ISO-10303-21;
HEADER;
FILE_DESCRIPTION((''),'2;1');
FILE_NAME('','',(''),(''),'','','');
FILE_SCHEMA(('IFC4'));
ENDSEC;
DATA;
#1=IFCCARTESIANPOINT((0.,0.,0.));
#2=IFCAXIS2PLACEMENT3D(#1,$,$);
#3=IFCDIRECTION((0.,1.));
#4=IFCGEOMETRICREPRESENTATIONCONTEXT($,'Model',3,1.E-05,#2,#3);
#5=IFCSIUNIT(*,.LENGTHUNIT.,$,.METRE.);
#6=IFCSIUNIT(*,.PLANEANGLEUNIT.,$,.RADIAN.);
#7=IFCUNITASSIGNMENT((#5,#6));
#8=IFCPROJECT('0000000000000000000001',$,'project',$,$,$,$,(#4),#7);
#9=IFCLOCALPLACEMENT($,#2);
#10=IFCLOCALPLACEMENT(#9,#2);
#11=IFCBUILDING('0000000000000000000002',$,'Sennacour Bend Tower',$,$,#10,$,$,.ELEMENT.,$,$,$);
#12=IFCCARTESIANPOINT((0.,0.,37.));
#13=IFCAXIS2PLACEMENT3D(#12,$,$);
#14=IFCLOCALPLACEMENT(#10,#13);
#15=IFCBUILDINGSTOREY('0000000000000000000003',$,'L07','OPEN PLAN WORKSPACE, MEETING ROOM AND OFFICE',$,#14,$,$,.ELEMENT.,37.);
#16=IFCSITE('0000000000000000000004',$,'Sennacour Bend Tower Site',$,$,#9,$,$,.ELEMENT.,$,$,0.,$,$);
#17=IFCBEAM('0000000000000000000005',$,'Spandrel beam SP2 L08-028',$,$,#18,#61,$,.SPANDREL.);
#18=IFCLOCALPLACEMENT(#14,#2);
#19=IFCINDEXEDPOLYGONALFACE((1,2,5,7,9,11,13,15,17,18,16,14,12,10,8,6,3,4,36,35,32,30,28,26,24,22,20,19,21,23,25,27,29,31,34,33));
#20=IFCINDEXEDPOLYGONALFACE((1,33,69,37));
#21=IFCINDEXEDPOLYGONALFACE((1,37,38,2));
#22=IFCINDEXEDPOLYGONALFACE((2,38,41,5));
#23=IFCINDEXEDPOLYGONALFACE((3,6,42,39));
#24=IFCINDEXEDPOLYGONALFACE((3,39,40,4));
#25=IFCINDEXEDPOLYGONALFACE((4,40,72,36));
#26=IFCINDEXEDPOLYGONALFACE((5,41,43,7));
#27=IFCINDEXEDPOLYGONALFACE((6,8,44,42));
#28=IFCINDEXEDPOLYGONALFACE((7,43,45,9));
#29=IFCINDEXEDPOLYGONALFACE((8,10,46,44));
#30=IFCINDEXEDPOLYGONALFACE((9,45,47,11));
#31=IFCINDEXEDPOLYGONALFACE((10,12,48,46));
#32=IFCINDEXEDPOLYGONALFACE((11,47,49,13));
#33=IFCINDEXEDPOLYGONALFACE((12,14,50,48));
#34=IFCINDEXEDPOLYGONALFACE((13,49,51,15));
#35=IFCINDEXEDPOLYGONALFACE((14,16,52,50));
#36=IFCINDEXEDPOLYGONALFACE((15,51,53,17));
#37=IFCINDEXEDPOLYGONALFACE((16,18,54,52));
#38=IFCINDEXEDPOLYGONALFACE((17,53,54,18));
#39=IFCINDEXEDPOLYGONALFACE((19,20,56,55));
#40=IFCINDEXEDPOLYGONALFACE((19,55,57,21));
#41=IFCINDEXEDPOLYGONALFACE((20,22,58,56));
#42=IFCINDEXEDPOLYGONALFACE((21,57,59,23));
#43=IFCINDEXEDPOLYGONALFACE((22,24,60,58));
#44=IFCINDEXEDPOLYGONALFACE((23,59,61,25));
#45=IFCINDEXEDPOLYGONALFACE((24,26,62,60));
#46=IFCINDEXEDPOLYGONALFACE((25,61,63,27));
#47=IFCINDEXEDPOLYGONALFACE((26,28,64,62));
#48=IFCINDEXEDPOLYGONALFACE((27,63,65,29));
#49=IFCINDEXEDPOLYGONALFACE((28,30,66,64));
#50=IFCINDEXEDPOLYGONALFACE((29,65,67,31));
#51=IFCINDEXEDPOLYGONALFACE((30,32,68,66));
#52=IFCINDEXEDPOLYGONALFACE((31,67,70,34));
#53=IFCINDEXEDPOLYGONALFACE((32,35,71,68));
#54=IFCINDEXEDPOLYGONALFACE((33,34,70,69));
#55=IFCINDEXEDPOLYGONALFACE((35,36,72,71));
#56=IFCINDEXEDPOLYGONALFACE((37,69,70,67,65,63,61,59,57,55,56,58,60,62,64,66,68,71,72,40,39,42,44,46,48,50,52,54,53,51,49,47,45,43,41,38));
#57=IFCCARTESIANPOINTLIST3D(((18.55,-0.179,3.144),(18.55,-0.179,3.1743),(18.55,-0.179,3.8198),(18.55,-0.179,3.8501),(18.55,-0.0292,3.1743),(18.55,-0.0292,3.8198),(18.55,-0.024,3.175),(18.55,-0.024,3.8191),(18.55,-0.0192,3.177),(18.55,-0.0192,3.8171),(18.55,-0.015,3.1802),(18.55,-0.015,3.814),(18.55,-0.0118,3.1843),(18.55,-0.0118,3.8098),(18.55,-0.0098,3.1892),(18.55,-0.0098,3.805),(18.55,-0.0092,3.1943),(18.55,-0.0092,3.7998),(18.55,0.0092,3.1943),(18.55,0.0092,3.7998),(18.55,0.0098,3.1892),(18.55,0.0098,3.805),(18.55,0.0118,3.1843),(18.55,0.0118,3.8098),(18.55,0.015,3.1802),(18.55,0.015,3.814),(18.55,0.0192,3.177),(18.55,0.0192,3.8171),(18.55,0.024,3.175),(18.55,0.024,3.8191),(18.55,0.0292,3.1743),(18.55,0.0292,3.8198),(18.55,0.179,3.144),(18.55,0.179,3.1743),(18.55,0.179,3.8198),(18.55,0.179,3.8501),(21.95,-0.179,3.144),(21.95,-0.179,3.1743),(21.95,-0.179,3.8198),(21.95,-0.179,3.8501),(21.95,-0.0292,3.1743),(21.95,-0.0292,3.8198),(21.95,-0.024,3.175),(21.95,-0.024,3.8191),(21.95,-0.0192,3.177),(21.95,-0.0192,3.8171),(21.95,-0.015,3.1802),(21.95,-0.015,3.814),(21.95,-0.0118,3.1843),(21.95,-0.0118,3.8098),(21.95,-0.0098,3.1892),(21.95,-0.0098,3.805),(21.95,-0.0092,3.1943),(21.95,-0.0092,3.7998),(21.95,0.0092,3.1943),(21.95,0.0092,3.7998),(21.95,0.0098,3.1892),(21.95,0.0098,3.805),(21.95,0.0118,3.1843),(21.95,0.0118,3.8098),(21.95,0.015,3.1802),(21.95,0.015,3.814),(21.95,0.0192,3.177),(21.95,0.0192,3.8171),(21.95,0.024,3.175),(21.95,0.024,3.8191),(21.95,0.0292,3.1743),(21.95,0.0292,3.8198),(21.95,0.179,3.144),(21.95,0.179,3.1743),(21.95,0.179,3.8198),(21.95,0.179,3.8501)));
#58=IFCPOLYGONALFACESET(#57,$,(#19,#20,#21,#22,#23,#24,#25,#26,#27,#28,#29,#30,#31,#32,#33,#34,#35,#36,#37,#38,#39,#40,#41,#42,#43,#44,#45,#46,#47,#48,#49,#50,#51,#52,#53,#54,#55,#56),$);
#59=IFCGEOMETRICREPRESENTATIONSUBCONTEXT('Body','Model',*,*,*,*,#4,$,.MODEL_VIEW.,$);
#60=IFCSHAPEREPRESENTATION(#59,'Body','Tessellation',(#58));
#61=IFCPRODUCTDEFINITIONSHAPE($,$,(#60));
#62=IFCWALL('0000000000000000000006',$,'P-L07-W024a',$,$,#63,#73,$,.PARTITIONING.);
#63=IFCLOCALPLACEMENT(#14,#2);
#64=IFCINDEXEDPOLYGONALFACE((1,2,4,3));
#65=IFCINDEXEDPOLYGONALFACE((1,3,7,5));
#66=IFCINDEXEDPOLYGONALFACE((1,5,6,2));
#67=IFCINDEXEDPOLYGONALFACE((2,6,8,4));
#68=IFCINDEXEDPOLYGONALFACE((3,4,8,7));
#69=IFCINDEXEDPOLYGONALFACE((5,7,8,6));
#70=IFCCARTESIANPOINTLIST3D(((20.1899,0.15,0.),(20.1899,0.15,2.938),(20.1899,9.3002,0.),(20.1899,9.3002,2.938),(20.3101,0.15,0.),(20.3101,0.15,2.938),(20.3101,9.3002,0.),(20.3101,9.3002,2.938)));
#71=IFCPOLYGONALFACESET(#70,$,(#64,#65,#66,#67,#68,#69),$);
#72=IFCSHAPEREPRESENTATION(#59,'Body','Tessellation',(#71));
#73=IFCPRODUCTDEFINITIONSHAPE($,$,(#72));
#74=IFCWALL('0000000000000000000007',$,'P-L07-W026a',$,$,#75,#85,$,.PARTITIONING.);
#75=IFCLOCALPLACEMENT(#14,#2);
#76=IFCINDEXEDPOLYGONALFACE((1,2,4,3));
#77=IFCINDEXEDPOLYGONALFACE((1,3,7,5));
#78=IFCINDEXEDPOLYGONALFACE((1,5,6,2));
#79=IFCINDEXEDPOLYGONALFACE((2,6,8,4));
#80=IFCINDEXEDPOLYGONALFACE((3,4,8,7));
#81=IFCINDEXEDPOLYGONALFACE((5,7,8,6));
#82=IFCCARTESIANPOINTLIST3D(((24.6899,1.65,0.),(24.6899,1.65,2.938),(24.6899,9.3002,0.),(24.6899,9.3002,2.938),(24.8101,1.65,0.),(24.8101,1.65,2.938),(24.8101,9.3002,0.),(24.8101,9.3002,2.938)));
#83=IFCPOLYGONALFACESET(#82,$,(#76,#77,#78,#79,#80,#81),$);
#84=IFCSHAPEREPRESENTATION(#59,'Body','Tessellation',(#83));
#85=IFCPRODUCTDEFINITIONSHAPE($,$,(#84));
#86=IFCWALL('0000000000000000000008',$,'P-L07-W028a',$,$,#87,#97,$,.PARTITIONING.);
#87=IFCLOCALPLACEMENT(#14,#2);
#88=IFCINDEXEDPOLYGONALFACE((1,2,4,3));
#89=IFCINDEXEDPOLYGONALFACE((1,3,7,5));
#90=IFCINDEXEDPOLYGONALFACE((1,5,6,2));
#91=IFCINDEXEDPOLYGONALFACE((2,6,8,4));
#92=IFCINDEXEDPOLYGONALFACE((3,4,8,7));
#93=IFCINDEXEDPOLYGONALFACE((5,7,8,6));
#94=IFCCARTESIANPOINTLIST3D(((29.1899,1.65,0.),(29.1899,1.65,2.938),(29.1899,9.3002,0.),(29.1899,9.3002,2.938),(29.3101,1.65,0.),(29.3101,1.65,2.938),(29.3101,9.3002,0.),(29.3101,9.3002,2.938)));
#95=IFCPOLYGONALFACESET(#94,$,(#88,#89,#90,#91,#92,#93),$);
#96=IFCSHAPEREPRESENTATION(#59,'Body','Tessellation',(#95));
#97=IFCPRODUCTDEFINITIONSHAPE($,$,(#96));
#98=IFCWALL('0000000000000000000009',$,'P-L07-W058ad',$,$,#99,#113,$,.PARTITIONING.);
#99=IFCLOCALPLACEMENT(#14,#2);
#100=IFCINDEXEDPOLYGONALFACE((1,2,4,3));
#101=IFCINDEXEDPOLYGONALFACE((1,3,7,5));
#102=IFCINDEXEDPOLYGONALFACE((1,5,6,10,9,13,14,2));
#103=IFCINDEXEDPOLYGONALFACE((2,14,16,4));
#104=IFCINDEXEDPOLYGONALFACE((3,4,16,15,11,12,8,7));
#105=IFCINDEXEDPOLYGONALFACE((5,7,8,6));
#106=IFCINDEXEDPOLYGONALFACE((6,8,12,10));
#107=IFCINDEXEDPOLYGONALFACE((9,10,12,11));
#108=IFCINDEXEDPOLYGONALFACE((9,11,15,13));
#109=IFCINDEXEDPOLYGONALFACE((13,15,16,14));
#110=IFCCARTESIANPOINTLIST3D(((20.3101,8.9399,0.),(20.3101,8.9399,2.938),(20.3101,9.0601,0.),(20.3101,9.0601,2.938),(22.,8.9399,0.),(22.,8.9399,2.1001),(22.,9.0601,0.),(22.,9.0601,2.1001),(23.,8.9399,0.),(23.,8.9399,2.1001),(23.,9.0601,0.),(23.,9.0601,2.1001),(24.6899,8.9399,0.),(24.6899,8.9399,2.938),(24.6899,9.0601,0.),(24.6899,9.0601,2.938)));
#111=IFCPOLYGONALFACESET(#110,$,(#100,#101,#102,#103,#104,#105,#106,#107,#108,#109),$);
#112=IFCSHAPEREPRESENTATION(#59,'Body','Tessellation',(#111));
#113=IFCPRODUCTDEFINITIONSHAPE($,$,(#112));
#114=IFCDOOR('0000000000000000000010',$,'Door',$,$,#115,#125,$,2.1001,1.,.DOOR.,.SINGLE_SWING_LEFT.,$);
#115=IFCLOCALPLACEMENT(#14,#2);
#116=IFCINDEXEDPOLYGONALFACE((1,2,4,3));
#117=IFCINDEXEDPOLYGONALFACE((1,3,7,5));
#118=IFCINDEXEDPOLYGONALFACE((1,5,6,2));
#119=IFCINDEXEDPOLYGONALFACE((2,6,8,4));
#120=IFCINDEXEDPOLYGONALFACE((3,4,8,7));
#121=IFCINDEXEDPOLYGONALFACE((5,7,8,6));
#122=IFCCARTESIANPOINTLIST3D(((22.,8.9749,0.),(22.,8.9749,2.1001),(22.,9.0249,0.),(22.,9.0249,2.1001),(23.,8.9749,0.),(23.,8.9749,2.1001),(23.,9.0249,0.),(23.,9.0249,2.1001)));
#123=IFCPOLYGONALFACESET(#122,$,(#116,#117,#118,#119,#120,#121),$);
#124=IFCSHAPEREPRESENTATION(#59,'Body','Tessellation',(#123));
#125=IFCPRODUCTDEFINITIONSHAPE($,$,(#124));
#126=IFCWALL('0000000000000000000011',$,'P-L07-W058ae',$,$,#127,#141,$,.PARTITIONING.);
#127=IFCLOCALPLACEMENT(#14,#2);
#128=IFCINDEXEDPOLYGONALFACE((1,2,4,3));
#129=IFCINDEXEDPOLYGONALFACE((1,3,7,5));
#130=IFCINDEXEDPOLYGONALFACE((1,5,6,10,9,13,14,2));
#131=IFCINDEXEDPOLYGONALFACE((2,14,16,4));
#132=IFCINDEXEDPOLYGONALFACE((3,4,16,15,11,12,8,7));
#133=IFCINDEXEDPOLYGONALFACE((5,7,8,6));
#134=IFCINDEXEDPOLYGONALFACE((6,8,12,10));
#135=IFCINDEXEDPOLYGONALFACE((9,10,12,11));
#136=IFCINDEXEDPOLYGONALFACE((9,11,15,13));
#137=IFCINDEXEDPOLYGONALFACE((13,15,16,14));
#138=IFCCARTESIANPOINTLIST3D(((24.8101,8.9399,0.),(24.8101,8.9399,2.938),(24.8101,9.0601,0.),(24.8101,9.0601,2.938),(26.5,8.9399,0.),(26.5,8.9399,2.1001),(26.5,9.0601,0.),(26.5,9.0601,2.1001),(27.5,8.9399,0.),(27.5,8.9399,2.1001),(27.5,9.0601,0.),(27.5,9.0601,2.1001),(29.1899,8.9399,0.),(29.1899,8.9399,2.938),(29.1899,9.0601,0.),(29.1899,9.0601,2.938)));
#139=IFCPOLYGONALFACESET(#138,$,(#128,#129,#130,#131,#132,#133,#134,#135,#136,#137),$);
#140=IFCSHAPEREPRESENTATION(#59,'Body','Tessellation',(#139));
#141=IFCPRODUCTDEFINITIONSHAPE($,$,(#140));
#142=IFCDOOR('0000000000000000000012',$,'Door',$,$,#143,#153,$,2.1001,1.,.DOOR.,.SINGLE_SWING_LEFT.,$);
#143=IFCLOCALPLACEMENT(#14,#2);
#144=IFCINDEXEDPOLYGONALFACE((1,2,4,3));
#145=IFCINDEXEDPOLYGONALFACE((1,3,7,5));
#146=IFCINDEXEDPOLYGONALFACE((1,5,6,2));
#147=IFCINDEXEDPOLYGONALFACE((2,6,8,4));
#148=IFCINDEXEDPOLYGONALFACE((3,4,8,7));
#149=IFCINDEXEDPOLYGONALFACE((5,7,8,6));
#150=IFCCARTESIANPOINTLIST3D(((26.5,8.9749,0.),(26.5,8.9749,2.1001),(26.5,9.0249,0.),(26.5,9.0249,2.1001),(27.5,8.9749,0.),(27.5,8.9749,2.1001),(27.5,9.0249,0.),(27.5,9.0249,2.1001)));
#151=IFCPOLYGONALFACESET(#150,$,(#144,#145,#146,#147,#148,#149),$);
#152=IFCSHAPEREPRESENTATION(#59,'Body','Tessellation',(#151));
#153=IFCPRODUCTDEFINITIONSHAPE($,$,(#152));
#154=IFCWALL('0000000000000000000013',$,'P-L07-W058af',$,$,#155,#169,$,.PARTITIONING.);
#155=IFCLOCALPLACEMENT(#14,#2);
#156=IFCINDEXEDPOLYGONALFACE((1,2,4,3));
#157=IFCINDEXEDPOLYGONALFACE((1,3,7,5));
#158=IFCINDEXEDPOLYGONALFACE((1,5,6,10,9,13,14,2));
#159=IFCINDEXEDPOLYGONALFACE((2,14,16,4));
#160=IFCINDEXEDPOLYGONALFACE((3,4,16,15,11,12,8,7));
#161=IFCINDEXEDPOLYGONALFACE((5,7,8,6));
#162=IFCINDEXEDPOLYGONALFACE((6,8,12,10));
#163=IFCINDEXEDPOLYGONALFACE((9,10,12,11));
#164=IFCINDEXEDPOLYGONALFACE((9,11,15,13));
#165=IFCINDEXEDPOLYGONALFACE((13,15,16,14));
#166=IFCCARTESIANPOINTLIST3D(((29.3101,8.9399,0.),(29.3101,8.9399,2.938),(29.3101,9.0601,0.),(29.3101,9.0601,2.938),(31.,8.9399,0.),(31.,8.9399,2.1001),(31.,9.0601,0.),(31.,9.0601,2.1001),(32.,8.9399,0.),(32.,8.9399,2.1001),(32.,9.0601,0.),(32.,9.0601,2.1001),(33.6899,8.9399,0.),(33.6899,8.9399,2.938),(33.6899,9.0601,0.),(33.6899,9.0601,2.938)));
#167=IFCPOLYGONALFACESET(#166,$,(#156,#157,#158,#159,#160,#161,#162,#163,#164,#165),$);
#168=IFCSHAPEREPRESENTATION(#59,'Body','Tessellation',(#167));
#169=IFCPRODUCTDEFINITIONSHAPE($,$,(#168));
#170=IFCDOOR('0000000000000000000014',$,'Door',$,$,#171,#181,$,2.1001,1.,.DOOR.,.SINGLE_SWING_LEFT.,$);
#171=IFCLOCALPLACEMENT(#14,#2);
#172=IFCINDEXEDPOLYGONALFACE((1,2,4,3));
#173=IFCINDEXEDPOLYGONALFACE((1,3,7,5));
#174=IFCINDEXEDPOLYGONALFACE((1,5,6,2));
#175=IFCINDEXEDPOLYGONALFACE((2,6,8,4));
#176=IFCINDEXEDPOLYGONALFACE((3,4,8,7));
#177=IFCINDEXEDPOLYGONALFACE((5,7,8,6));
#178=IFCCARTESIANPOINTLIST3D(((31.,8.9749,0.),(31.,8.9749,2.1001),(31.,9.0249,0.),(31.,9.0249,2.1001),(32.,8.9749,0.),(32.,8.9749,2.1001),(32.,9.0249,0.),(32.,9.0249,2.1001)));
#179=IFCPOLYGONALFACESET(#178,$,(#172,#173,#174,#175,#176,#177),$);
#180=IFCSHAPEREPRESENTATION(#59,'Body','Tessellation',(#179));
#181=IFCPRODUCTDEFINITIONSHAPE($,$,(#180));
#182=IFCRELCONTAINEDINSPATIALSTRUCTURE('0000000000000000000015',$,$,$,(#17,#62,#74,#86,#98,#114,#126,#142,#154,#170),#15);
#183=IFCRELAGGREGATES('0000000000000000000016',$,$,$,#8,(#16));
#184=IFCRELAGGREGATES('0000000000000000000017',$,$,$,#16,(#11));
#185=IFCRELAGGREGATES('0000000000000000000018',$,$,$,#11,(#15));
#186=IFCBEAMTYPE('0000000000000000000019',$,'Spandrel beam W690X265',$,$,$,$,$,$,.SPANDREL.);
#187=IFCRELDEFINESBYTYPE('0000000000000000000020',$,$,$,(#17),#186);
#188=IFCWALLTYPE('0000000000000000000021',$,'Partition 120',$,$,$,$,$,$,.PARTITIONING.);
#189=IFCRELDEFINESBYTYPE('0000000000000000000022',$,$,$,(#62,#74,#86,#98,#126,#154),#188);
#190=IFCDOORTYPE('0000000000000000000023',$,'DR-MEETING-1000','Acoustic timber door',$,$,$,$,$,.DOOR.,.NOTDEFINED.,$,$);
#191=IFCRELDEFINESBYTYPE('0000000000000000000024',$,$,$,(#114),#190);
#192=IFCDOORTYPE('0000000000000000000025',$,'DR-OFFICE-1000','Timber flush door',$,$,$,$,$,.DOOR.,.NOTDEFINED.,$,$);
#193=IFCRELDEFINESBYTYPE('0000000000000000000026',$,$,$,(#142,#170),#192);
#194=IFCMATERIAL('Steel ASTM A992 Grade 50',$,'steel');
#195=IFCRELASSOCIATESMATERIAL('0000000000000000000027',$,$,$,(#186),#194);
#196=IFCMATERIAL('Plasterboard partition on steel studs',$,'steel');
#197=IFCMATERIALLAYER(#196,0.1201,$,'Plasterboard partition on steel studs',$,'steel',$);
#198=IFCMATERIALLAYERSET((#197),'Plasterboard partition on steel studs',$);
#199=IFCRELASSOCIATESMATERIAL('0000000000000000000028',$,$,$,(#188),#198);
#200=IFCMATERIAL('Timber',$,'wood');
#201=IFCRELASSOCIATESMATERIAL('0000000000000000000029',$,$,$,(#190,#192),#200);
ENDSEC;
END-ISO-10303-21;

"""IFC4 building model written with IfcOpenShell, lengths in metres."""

from ifc_helpers import new_model, si_unit, direction, frame, frame_2d, origin, origin_2d, place, context, subcontext, project, spatial, rectangle, i_section, extrude, material, layer, layer_set, material_profile, profile_set, type_object, element, fill, save


model = new_model("IFC4")

# Units and contexts
model_context = context("Model", 3, precision=1e-05, world=origin(), true_north=direction((0.0, 1.0)))
body_context = subcontext(model_context, "Body", "Model", "MODEL_VIEW")
ifc_project = project(units=[si_unit("LENGTHUNIT", "METRE"), si_unit("PLANEANGLEUNIT", "RADIAN")], contexts=[model_context])

# Site, building, storey
site_placement = place(None, origin())
site = spatial("IfcSite", under=ifc_project, at=site_placement, Name="Sennacour Bend Tower Site", CompositionType="ELEMENT", RefElevation=0.0)
building_placement = place(site_placement, origin())
building = spatial("IfcBuilding", under=site, at=building_placement, Name="Sennacour Bend Tower", CompositionType="ELEMENT")
storey_placement = place(building_placement, frame((0.0, 0.0, 37.0)))
storey = spatial("IfcBuildingStorey", under=building, at=storey_placement, Name="L07", Description="OPEN PLAN WORKSPACE, MEETING ROOM AND OFFICE", CompositionType="ELEMENT", Elevation=37.0)

# Beam
ifc_material_1 = material(Name="Steel ASTM A992 Grade 50", Category="steel")
ifc_material_profile_1 = material_profile(ifc_material_1, i_section(OverallWidth=0.3579, OverallDepth=0.7061, WebThickness=0.0183, FlangeThickness=0.0303, FilletRadius=0.02, at=origin_2d()), Name="Steel ASTM A992 Grade 50", Category="steel")
ifc_profile_set_1 = profile_set([ifc_material_profile_1], Name="Steel ASTM A992 Grade 50")
beam_type_1 = type_object("IfcBeamType", Name="Spandrel beam W690X265", PredefinedType="SPANDREL", material=ifc_profile_set_1)
for number, where, z_axis, x_axis, name in (
    (1, (21.95, 0.0, 3.4971), (-1.0, 0.0, 0.0), (0.0, -1.0, 0.0), "Spandrel beam SP2 L08-028"),
):
    element("IfcBeam", number, at=place(storey_placement, frame(where, z_axis=z_axis, x_axis=x_axis)), inside=storey, type_object=beam_type_1, Name=name, PredefinedType="SPANDREL", context=body_context, shape_type="SweptSolid", body=[
        extrude(i_section(OverallWidth=0.3579, OverallDepth=0.7061, WebThickness=0.0183, FlangeThickness=0.0303, FilletRadius=0.02, at=origin_2d()), origin(), (0.0, 0.0, 1.0), 3.3999),
    ])

# Walls
ifc_material_2 = material(Name="Plasterboard partition on steel studs", Category="steel")
ifc_layer_1 = layer(ifc_material_2, 0.1201, Name="Plasterboard partition on steel studs", Category="steel")
ifc_layer_set_1 = layer_set([ifc_layer_1], Name="Plasterboard partition on steel studs")
wall_type_1 = type_object("IfcWallType", Name="Partition 120", PredefinedType="PARTITIONING", material=ifc_layer_set_1)
wall_1_placement = place(storey_placement, frame((20.25, 0.1499, 0.0), z_axis=(0.0, 0.0, 1.0), x_axis=(0.0, 1.0, 0.0)))
element("IfcWall", 2, at=wall_1_placement, inside=storey, type_object=wall_type_1, Name="P-L07-W024a", PredefinedType="PARTITIONING", context=body_context, shape_type="SweptSolid", body=[
    extrude(rectangle(XDim=9.1501, YDim=0.1201, at=frame_2d((4.5752, 0.0))), origin(), (0.0, 0.0, 1.0), 2.938),
])
for number, where, z_axis, x_axis, name in (
    (3, (24.75, 1.6499, 0.0), (0.0, 0.0, 1.0), (0.0, 1.0, 0.0), "P-L07-W026a"),
    (4, (29.25, 1.6499, 0.0), (0.0, 0.0, 1.0), (0.0, 1.0, 0.0), "P-L07-W028a"),
):
    element("IfcWall", number, at=place(storey_placement, frame(where, z_axis=z_axis, x_axis=x_axis)), inside=storey, type_object=wall_type_1, Name=name, PredefinedType="PARTITIONING", context=body_context, shape_type="SweptSolid", body=[
        extrude(rectangle(XDim=7.6501, YDim=0.1201, at=frame_2d((3.8252, 0.0))), origin(), (0.0, 0.0, 1.0), 2.938),
    ])

# Walls, openings, doors
wall_2_placement = place(storey_placement, frame((20.3101, 9.0, 0.0), z_axis=(0.0, 0.0, 1.0), x_axis=(1.0, 0.0, 0.0)))
wall_2 = element("IfcWall", 5, at=wall_2_placement, inside=storey, type_object=wall_type_1, Name="P-L07-W058ad", PredefinedType="PARTITIONING", context=body_context, shape_type="SweptSolid", body=[
    extrude(rectangle(XDim=4.3799, YDim=0.1201, at=frame_2d((2.1899, 0.0))), origin(), (0.0, 0.0, 1.0), 2.938),
])
opening_1_placement = place(wall_2_placement, frame((1.6899, 0.0, 0.0)))
opening_1 = element("IfcOpeningElement", 6, at=opening_1_placement, cuts=wall_2, PredefinedType="OPENING", context=body_context, shape_type="SweptSolid", body=[
    extrude(rectangle(XDim=1.0, YDim=2.1001, at=frame_2d((0.5, 1.05))), frame((0.0, 0.0701, 0.0), z_axis=(0.0, -1.0, 0.0), x_axis=(1.0, 0.0, 0.0)), (0.0, 0.0, 1.0), 0.1401),
])
ifc_material_3 = material(Name="Timber", Category="wood")
door_type_1 = type_object("IfcDoorType", Name="DR-MEETING-1000", Description="Acoustic timber door", OperationType="NOTDEFINED", PredefinedType="DOOR", material=ifc_material_3)
door_1_placement = place(opening_1_placement, origin())
door_1 = element("IfcDoor", 7, at=door_1_placement, inside=storey, type_object=door_type_1, Name="Door", OperationType="SINGLE_SWING_LEFT", OverallHeight=2.1001, OverallWidth=1.0, PredefinedType="DOOR", context=body_context, shape_type="SweptSolid", body=[
    extrude(rectangle(XDim=1.0, YDim=2.1001, at=frame_2d((0.5, 1.05))), frame((0.0, 0.0249, 0.0), z_axis=(0.0, -1.0, 0.0), x_axis=(1.0, 0.0, 0.0)), (0.0, 0.0, 1.0), 0.05),
])
fill(opening_1, door_1)
wall_3_placement = place(storey_placement, frame((24.8101, 9.0, 0.0), z_axis=(0.0, 0.0, 1.0), x_axis=(1.0, 0.0, 0.0)))
wall_3 = element("IfcWall", 8, at=wall_3_placement, inside=storey, type_object=wall_type_1, Name="P-L07-W058ae", PredefinedType="PARTITIONING", context=body_context, shape_type="SweptSolid", body=[
    extrude(rectangle(XDim=4.3799, YDim=0.1201, at=frame_2d((2.1899, 0.0))), origin(), (0.0, 0.0, 1.0), 2.938),
])
opening_2_placement = place(wall_3_placement, frame((1.6899, 0.0, 0.0)))
opening_2 = element("IfcOpeningElement", 9, at=opening_2_placement, cuts=wall_3, PredefinedType="OPENING", context=body_context, shape_type="SweptSolid", body=[
    extrude(rectangle(XDim=1.0, YDim=2.1001, at=frame_2d((0.5, 1.05))), frame((0.0, 0.0701, 0.0), z_axis=(0.0, -1.0, 0.0), x_axis=(1.0, 0.0, 0.0)), (0.0, 0.0, 1.0), 0.1401),
])
door_type_2 = type_object("IfcDoorType", Name="DR-OFFICE-1000", Description="Timber flush door", OperationType="NOTDEFINED", PredefinedType="DOOR", material=ifc_material_3)
door_2_placement = place(opening_2_placement, origin())
door_2 = element("IfcDoor", 10, at=door_2_placement, inside=storey, type_object=door_type_2, Name="Door", OperationType="SINGLE_SWING_LEFT", OverallHeight=2.1001, OverallWidth=1.0, PredefinedType="DOOR", context=body_context, shape_type="SweptSolid", body=[
    extrude(rectangle(XDim=1.0, YDim=2.1001, at=frame_2d((0.5, 1.05))), frame((0.0, 0.0249, 0.0), z_axis=(0.0, -1.0, 0.0), x_axis=(1.0, 0.0, 0.0)), (0.0, 0.0, 1.0), 0.05),
])
fill(opening_2, door_2)
wall_4_placement = place(storey_placement, frame((29.3101, 9.0, 0.0), z_axis=(0.0, 0.0, 1.0), x_axis=(1.0, 0.0, 0.0)))
wall_4 = element("IfcWall", 11, at=wall_4_placement, inside=storey, type_object=wall_type_1, Name="P-L07-W058af", PredefinedType="PARTITIONING", context=body_context, shape_type="SweptSolid", body=[
    extrude(rectangle(XDim=4.3799, YDim=0.1201, at=frame_2d((2.1899, 0.0))), origin(), (0.0, 0.0, 1.0), 2.938),
])
opening_3_placement = place(wall_4_placement, frame((1.6899, 0.0, 0.0)))
opening_3 = element("IfcOpeningElement", 12, at=opening_3_placement, cuts=wall_4, PredefinedType="OPENING", context=body_context, shape_type="SweptSolid", body=[
    extrude(rectangle(XDim=1.0, YDim=2.1001, at=frame_2d((0.5, 1.05))), frame((0.0, 0.0701, 0.0), z_axis=(0.0, -1.0, 0.0), x_axis=(1.0, 0.0, 0.0)), (0.0, 0.0, 1.0), 0.1401),
])
door_3_placement = place(opening_3_placement, origin())
door_3 = element("IfcDoor", 13, at=door_3_placement, inside=storey, type_object=door_type_2, Name="Door", OperationType="SINGLE_SWING_LEFT", OverallHeight=2.1001, OverallWidth=1.0, PredefinedType="DOOR", context=body_context, shape_type="SweptSolid", body=[
    extrude(rectangle(XDim=1.0, YDim=2.1001, at=frame_2d((0.5, 1.05))), frame((0.0, 0.0249, 0.0), z_axis=(0.0, -1.0, 0.0), x_axis=(1.0, 0.0, 0.0)), (0.0, 0.0, 1.0), 0.05),
])
fill(opening_3, door_3)

save(model, "model.ifc")
